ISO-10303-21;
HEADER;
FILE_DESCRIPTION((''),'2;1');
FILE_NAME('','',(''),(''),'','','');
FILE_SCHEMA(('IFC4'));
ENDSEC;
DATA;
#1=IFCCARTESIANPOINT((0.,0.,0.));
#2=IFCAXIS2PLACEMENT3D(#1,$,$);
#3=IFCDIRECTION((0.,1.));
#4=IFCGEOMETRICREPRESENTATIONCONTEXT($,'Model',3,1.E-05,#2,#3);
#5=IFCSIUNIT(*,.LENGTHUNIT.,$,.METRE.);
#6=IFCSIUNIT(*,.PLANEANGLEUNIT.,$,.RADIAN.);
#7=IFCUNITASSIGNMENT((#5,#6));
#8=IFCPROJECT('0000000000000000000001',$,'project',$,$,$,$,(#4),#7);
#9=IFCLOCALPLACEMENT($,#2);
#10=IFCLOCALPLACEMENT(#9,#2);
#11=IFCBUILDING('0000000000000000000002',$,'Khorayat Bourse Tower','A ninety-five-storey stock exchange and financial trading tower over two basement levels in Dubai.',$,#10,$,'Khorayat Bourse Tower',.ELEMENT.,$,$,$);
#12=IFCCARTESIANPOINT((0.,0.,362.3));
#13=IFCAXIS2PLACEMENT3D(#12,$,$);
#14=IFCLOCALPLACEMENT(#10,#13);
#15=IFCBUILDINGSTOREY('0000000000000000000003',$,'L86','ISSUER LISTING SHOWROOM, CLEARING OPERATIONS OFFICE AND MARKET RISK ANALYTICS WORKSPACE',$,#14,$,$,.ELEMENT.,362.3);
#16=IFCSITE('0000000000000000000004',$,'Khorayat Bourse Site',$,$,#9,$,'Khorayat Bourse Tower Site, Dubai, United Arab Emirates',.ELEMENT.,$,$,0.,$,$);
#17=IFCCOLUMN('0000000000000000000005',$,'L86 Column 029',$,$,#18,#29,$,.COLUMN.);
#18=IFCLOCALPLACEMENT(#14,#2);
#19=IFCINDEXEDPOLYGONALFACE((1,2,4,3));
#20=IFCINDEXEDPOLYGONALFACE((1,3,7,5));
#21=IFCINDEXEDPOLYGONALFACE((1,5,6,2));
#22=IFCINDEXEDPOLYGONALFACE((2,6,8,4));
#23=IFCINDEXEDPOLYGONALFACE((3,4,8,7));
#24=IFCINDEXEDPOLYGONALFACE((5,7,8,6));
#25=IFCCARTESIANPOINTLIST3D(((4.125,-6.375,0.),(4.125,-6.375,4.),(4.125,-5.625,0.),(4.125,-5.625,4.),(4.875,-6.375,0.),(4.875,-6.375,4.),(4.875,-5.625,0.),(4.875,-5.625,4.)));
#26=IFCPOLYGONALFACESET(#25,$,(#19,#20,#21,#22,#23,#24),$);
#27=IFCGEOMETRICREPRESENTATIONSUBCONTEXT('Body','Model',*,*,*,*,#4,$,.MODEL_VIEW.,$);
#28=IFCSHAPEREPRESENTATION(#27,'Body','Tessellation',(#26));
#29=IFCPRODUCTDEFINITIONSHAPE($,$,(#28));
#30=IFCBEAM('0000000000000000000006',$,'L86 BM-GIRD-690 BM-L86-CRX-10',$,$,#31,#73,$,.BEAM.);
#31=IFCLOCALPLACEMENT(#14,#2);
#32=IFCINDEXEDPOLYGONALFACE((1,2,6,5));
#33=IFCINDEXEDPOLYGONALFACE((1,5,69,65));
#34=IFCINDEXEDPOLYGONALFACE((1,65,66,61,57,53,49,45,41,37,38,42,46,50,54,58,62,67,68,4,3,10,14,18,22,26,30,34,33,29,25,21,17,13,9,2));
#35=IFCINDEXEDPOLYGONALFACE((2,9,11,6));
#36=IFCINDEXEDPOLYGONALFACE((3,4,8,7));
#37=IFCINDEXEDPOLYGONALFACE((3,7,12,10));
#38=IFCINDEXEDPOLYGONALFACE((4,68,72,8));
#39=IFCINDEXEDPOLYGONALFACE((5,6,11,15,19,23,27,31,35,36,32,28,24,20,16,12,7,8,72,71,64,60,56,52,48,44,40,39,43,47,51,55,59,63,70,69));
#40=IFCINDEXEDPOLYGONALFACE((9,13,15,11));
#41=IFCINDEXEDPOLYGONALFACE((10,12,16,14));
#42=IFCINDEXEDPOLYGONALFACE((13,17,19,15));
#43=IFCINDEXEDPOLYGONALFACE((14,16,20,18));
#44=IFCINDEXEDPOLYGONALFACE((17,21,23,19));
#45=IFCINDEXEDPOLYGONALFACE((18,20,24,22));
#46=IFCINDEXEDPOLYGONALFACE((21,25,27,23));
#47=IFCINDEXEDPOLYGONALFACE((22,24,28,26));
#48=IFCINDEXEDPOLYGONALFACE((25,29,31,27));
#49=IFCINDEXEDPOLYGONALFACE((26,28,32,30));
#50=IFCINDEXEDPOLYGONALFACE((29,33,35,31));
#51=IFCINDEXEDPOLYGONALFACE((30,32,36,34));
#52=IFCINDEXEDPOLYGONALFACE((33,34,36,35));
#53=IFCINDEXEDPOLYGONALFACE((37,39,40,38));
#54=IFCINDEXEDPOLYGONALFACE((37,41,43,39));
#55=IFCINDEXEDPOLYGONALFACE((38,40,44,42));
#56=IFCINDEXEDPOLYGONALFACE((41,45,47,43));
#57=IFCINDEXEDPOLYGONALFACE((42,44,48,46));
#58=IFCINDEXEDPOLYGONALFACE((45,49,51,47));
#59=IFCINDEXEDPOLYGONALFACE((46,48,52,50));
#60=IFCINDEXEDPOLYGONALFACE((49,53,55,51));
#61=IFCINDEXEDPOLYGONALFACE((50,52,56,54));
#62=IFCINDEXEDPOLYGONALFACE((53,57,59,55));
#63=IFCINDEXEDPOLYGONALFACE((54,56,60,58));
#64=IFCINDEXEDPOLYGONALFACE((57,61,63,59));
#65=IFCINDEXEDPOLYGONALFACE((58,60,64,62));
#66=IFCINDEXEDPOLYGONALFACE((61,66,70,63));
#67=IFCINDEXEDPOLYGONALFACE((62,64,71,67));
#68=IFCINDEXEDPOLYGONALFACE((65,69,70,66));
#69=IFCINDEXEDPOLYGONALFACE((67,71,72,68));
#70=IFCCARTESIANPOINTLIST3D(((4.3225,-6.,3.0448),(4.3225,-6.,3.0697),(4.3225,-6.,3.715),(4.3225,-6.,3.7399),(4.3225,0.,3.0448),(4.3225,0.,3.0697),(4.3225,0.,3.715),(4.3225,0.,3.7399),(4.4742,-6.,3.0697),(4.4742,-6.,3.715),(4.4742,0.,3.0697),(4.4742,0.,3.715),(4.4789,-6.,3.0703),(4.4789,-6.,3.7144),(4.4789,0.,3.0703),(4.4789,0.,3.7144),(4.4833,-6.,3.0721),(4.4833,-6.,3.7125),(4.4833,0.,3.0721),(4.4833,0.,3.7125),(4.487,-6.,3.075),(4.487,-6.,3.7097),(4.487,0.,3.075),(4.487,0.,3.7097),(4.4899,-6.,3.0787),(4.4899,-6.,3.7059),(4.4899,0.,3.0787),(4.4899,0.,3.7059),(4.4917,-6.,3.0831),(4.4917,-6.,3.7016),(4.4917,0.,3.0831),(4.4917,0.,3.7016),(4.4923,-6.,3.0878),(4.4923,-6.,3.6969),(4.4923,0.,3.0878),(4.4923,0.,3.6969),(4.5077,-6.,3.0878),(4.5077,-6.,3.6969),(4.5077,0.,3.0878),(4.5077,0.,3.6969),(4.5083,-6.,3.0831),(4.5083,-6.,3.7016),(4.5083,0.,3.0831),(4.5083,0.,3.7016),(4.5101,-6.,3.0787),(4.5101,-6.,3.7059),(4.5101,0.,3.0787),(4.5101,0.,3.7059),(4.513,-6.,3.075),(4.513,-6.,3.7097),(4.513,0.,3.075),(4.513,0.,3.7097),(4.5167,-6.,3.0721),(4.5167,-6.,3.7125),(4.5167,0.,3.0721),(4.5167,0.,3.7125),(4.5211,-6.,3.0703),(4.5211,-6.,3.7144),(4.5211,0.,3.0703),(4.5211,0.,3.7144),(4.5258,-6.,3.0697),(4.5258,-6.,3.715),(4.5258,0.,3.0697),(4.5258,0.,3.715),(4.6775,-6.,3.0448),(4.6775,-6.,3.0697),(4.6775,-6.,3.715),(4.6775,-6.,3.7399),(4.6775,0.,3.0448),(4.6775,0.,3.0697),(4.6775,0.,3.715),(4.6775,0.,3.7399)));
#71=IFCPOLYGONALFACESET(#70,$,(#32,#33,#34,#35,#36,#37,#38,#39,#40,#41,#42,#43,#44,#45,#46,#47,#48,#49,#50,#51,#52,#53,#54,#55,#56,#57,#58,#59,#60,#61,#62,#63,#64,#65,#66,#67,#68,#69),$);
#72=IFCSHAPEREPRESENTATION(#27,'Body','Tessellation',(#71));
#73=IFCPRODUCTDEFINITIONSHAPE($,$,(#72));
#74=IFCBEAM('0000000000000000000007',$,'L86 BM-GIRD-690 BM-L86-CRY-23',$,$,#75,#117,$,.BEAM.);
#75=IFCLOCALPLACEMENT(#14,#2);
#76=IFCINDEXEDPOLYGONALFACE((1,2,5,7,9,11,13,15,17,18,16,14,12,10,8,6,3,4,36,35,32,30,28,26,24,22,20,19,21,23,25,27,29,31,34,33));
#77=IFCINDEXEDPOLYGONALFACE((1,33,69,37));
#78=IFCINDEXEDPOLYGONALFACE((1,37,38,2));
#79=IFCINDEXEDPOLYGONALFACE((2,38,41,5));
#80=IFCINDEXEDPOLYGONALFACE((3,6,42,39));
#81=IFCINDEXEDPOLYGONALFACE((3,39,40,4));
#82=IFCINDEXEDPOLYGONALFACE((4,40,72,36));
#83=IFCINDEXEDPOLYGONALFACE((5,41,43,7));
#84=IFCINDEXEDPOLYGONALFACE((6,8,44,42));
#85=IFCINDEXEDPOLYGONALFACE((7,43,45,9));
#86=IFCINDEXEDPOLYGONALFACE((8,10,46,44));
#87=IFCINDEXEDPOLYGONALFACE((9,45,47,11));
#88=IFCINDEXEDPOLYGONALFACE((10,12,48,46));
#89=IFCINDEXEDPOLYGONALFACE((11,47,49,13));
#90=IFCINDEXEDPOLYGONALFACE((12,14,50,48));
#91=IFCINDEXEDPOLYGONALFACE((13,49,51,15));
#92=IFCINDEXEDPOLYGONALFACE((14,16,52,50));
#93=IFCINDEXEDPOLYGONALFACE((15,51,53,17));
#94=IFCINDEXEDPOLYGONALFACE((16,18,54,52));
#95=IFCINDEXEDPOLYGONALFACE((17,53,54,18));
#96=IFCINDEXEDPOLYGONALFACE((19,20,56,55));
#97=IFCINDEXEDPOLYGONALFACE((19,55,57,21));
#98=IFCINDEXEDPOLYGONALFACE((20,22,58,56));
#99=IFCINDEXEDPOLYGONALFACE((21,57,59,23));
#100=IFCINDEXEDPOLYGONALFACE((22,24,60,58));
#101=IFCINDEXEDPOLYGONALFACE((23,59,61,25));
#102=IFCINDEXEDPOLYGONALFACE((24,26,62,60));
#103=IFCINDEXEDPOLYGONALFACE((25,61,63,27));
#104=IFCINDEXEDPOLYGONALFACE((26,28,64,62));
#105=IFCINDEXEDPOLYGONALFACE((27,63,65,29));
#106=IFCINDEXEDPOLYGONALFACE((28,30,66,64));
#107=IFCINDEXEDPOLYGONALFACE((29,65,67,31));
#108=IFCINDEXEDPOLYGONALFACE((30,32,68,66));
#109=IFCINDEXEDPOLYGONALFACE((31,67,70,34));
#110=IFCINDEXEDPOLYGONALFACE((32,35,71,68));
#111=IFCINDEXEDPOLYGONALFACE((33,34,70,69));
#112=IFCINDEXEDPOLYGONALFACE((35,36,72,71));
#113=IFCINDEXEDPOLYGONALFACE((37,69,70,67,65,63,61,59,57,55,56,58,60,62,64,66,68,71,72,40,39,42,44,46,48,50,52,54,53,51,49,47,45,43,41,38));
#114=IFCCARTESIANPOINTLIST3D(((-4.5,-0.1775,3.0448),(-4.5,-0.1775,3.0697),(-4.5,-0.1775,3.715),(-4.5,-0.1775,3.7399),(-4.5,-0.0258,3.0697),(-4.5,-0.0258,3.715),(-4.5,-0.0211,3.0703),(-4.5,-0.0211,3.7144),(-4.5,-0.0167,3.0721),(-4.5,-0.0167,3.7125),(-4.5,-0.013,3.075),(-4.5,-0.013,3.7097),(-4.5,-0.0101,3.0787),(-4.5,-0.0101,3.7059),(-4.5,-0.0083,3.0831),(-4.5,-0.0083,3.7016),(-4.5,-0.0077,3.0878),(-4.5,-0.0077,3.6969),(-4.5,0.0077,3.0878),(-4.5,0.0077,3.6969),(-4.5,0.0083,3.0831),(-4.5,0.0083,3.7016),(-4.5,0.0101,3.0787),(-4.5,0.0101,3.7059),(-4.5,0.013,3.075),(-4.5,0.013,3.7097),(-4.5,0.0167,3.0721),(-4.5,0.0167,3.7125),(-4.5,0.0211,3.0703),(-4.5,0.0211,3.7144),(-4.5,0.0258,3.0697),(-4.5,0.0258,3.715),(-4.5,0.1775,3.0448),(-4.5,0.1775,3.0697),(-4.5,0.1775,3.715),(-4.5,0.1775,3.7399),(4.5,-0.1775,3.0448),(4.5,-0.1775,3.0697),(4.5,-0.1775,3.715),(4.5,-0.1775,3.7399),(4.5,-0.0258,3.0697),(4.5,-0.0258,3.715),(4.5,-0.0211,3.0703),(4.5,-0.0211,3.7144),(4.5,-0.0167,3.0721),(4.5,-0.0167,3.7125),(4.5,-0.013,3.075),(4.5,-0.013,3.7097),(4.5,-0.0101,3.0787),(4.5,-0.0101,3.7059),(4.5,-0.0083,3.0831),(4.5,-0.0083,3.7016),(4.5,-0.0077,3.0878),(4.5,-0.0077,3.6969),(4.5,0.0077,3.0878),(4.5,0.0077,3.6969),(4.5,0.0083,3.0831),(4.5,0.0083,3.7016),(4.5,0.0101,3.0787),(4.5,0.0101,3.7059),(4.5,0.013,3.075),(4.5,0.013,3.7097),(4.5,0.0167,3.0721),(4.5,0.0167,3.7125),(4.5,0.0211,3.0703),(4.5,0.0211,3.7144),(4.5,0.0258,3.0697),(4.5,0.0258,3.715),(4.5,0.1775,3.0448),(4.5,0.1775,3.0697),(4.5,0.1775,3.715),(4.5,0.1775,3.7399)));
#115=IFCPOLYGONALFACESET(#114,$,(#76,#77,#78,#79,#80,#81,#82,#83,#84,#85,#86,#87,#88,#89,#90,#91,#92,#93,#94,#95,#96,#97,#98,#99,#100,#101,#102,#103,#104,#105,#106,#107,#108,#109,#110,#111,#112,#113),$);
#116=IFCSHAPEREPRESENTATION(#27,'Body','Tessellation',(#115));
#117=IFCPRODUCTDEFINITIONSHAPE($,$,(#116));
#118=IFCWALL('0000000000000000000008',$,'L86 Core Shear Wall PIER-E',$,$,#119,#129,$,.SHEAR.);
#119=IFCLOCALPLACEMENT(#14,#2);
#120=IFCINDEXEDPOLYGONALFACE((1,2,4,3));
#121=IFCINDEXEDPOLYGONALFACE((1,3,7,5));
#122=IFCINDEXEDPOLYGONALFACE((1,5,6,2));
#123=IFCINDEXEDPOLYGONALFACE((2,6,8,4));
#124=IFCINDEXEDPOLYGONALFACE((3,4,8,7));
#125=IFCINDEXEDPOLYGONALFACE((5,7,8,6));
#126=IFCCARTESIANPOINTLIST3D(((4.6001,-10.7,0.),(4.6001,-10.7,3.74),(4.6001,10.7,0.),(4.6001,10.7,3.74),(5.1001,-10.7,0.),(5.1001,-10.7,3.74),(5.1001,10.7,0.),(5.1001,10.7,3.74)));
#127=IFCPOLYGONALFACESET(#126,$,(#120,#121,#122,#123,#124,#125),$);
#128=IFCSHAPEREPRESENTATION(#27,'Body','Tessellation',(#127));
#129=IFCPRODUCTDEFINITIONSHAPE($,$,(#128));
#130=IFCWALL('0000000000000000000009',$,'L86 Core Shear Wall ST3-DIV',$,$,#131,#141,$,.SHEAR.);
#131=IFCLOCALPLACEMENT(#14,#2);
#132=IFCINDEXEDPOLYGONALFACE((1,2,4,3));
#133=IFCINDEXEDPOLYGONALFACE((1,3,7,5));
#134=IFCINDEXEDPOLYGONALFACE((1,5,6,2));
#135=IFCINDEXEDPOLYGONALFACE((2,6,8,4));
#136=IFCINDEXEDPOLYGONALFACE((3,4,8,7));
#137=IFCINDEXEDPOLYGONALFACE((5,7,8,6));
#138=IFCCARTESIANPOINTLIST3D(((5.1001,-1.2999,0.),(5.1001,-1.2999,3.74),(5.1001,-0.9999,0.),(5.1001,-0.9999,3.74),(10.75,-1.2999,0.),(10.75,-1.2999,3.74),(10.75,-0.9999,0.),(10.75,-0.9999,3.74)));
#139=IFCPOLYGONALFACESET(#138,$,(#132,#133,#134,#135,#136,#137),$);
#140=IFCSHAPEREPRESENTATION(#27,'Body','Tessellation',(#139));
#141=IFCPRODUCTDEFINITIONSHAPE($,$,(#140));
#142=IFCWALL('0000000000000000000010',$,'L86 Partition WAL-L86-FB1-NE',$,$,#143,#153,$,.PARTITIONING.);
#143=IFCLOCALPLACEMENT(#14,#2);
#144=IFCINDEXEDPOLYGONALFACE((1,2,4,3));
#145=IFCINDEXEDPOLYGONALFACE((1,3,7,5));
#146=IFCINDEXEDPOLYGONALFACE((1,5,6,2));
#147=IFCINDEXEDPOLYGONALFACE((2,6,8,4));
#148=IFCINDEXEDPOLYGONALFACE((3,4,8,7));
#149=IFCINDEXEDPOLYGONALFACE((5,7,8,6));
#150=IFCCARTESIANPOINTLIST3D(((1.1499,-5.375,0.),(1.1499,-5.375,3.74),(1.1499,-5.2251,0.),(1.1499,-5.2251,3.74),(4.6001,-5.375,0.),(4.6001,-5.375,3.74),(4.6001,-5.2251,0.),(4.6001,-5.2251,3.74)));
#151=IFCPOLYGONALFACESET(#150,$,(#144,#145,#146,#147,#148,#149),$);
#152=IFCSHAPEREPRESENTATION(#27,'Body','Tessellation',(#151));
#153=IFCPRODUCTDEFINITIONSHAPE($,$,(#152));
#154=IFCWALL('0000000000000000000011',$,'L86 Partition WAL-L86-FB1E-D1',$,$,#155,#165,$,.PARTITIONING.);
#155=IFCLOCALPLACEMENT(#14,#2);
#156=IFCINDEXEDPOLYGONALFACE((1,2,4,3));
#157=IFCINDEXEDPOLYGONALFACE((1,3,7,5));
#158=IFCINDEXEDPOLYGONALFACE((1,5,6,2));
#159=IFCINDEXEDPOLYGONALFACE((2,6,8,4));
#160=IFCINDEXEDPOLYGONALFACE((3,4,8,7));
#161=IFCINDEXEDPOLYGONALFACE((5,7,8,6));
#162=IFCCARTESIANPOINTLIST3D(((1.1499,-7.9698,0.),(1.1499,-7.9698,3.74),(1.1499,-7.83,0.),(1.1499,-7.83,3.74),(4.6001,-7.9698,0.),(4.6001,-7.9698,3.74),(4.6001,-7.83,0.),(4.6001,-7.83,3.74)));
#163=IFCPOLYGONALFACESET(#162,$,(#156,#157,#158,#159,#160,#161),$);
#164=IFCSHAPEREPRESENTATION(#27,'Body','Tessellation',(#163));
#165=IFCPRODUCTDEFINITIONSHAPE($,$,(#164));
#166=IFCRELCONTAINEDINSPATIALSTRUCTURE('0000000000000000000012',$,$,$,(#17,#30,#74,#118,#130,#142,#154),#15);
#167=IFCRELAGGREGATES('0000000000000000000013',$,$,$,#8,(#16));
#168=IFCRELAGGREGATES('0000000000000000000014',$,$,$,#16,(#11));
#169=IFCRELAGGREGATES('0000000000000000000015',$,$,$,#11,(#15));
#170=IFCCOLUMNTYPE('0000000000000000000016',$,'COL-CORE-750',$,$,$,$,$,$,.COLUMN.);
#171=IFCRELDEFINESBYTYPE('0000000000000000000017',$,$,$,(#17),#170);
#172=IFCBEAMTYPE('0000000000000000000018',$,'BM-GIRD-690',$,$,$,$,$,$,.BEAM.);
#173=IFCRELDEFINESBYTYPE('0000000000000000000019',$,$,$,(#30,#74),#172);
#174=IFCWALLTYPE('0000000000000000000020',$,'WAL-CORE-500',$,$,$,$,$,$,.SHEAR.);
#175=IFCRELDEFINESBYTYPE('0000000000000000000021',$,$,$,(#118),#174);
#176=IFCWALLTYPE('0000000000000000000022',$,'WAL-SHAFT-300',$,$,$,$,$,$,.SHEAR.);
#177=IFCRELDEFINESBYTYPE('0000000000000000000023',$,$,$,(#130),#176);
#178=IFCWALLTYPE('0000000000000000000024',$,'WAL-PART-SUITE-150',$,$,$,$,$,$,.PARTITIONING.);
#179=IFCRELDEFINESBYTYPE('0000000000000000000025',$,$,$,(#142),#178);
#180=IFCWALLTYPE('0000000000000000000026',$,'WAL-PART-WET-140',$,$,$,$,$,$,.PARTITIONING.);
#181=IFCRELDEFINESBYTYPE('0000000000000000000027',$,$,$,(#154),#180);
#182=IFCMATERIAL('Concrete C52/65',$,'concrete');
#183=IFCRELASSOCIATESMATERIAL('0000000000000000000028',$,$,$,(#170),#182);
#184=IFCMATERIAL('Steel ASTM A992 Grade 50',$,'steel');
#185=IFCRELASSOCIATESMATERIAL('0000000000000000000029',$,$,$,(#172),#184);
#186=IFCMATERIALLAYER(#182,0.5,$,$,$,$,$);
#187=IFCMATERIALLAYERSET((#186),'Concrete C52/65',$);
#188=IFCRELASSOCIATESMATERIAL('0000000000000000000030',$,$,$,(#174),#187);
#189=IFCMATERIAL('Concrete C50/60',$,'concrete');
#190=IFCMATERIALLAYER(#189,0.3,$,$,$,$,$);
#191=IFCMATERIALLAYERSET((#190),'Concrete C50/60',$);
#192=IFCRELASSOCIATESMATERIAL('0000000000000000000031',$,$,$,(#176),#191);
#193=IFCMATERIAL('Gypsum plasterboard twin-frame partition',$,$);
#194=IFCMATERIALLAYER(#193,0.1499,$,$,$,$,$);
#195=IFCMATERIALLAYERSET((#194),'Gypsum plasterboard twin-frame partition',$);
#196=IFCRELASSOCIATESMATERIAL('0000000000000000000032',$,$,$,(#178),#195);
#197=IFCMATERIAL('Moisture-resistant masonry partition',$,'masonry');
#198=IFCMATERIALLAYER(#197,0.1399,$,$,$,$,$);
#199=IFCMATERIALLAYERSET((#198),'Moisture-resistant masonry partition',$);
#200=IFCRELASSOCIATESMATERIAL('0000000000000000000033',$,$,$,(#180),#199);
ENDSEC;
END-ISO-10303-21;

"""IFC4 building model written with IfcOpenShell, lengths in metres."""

from ifc_helpers import new_model, si_unit, direction, frame, frame_2d, origin, origin_2d, place, context, subcontext, project, spatial, rectangle, i_section, extrude, source, transform, mapped, material, layer, layer_set, material_profile, profile_set, type_object, element, save


model = new_model("IFC4")

# Units and contexts
model_context = context("Model", 3, precision=1e-05, world=origin(), true_north=direction((0.0, 1.0)))
body_context = subcontext(model_context, "Body", "Model", "MODEL_VIEW")
ifc_project = project(units=[si_unit("LENGTHUNIT", "METRE"), si_unit("PLANEANGLEUNIT", "RADIAN")], contexts=[model_context])

# Site, building, storey
site_placement = place(None, origin())
site = spatial("IfcSite", under=ifc_project, at=site_placement, Name="Khorayat Bourse Site", LongName="Khorayat Bourse Tower Site, Dubai, United Arab Emirates", CompositionType="ELEMENT", RefElevation=0.0)
building_placement = place(site_placement, origin())
building = spatial("IfcBuilding", under=site, at=building_placement, Name="Khorayat Bourse Tower", Description="A ninety-five-storey stock exchange and financial trading tower over two basement levels in Dubai.", LongName="Khorayat Bourse Tower", CompositionType="ELEMENT")
storey_placement = place(building_placement, frame((0.0, 0.0, 362.3)))
storey = spatial("IfcBuildingStorey", under=building, at=storey_placement, Name="L86", Description="ISSUER LISTING SHOWROOM, CLEARING OPERATIONS OFFICE AND MARKET RISK ANALYTICS WORKSPACE", CompositionType="ELEMENT", Elevation=362.3)

# Column
ifc_material_1 = material(Name="Concrete C52/65", Category="concrete")
ifc_material_profile_1 = material_profile(ifc_material_1, rectangle(XDim=0.75, YDim=0.75, at=origin_2d()), Name="RC 750x750")
ifc_profile_set_1 = profile_set([ifc_material_profile_1], Name="Concrete C52/65")
column_type = type_object("IfcColumnType", Name="COL-CORE-750", PredefinedType="COLUMN", material=ifc_profile_set_1)
shared_shape_1 = source(origin(), body_context, "Body", "SweptSolid", [
    extrude(rectangle(XDim=0.75, YDim=0.75, at=origin_2d()), origin(), (0.0, 0.0, 1.0), 4.0),
])
column_placement = place(storey_placement, frame((4.5, -6.0, 0.0), z_axis=(0.0, 0.0, 1.0), x_axis=(1.0, 0.0, 0.0)))
element("IfcColumn", 1, at=column_placement, inside=storey, type_object=column_type, Name="L86 Column 029", PredefinedType="COLUMN", context=body_context, shape_type="MappedRepresentation", body=[
    mapped(shared_shape_1, transform((0.0, 0.0, 0.0), scale=1.0)),
])

# Beams
ifc_material_2 = material(Name="Steel ASTM A992 Grade 50", Category="steel")
ifc_material_profile_2 = material_profile(ifc_material_2, i_section(OverallWidth=0.355, OverallDepth=0.6951, WebThickness=0.0154, FlangeThickness=0.0249, FilletRadius=0.0181, at=origin_2d()), Name="W690X217")
ifc_profile_set_2 = profile_set([ifc_material_profile_2], Name="Steel ASTM A992 Grade 50")
beam_type = type_object("IfcBeamType", Name="BM-GIRD-690", PredefinedType="BEAM", material=ifc_profile_set_2)
shared_shape_2 = source(origin(), body_context, "Body", "SweptSolid", [
    extrude(i_section(OverallWidth=0.355, OverallDepth=0.6951, WebThickness=0.0154, FlangeThickness=0.0249, FilletRadius=0.0181, at=origin_2d()), origin(), (0.0, 0.0, 1.0), 6.0),
])
beam_1_placement = place(storey_placement, frame((4.5, -6.0, 3.3923), z_axis=(0.0, 1.0, 0.0), x_axis=(-1.0, 0.0, 0.0)))
element("IfcBeam", 2, at=beam_1_placement, inside=storey, type_object=beam_type, Name="L86 BM-GIRD-690 BM-L86-CRX-10", PredefinedType="BEAM", context=body_context, shape_type="MappedRepresentation", body=[
    mapped(shared_shape_2, transform((0.0, 0.0, 0.0), scale=1.0)),
])
shared_shape_3 = source(origin(), body_context, "Body", "SweptSolid", [
    extrude(i_section(OverallWidth=0.355, OverallDepth=0.6951, WebThickness=0.0154, FlangeThickness=0.0249, FilletRadius=0.0181, at=origin_2d()), origin(), (0.0, 0.0, 1.0), 9.0),
])
beam_2_placement = place(storey_placement, frame((-4.5, 0.0, 3.3923), z_axis=(1.0, 0.0, 0.0), x_axis=(0.0, 1.0, 0.0)))
element("IfcBeam", 3, at=beam_2_placement, inside=storey, type_object=beam_type, Name="L86 BM-GIRD-690 BM-L86-CRY-23", PredefinedType="BEAM", context=body_context, shape_type="MappedRepresentation", body=[
    mapped(shared_shape_3, transform((0.0, 0.0, 0.0), scale=1.0)),
])

# Walls
ifc_layer_1 = layer(ifc_material_1, 0.5)
ifc_layer_set_1 = layer_set([ifc_layer_1], Name="Concrete C52/65")
wall_type_1 = type_object("IfcWallType", Name="WAL-CORE-500", PredefinedType="SHEAR", material=ifc_layer_set_1)
shared_shape_4 = source(origin(), body_context, "Body", "SweptSolid", [
    extrude(rectangle(XDim=21.3999, YDim=0.5, at=frame_2d((10.7, 0.0))), origin(), (0.0, 0.0, 1.0), 3.74),
])
wall_1_placement = place(storey_placement, frame((4.8501, -10.7, 0.0), z_axis=(0.0, 0.0, 1.0), x_axis=(0.0, 1.0, 0.0)))
element("IfcWall", 4, at=wall_1_placement, inside=storey, type_object=wall_type_1, Name="L86 Core Shear Wall PIER-E", PredefinedType="SHEAR", context=body_context, shape_type="MappedRepresentation", body=[
    mapped(shared_shape_4, transform((0.0, 0.0, 0.0), scale=1.0)),
])
ifc_material_3 = material(Name="Concrete C50/60", Category="concrete")
ifc_layer_2 = layer(ifc_material_3, 0.3)
ifc_layer_set_2 = layer_set([ifc_layer_2], Name="Concrete C50/60")
wall_type_2 = type_object("IfcWallType", Name="WAL-SHAFT-300", PredefinedType="SHEAR", material=ifc_layer_set_2)
shared_shape_5 = source(origin(), body_context, "Body", "SweptSolid", [
    extrude(rectangle(XDim=5.6499, YDim=0.3, at=frame_2d((2.825, 0.0))), origin(), (0.0, 0.0, 1.0), 3.74),
])
wall_2_placement = place(storey_placement, frame((5.1001, -1.1499, 0.0), z_axis=(0.0, 0.0, 1.0), x_axis=(1.0, 0.0, 0.0)))
element("IfcWall", 5, at=wall_2_placement, inside=storey, type_object=wall_type_2, Name="L86 Core Shear Wall ST3-DIV", PredefinedType="SHEAR", context=body_context, shape_type="MappedRepresentation", body=[
    mapped(shared_shape_5, transform((0.0, 0.0, 0.0), scale=1.0)),
])
ifc_material_4 = material(Name="Gypsum plasterboard twin-frame partition")
ifc_layer_3 = layer(ifc_material_4, 0.1499)
ifc_layer_set_3 = layer_set([ifc_layer_3], Name="Gypsum plasterboard twin-frame partition")
wall_type_3 = type_object("IfcWallType", Name="WAL-PART-SUITE-150", PredefinedType="PARTITIONING", material=ifc_layer_set_3)
shared_shape_6 = source(origin(), body_context, "Body", "SweptSolid", [
    extrude(rectangle(XDim=3.4502, YDim=0.1499, at=frame_2d((1.7251, 0.0))), origin(), (0.0, 0.0, 1.0), 3.74),
])
wall_3_placement = place(storey_placement, frame((1.1499, -5.3, 0.0), z_axis=(0.0, 0.0, 1.0), x_axis=(1.0, 0.0, 0.0)))
element("IfcWall", 6, at=wall_3_placement, inside=storey, type_object=wall_type_3, Name="L86 Partition WAL-L86-FB1-NE", PredefinedType="PARTITIONING", context=body_context, shape_type="MappedRepresentation", body=[
    mapped(shared_shape_6, transform((0.0, 0.0, 0.0), scale=1.0)),
])
ifc_material_5 = material(Name="Moisture-resistant masonry partition", Category="masonry")
ifc_layer_4 = layer(ifc_material_5, 0.1399)
ifc_layer_set_4 = layer_set([ifc_layer_4], Name="Moisture-resistant masonry partition")
wall_type_4 = type_object("IfcWallType", Name="WAL-PART-WET-140", PredefinedType="PARTITIONING", material=ifc_layer_set_4)
shared_shape_7 = source(origin(), body_context, "Body", "SweptSolid", [
    extrude(rectangle(XDim=3.4502, YDim=0.1399, at=frame_2d((1.7251, 0.0))), origin(), (0.0, 0.0, 1.0), 3.74),
])
wall_4_placement = place(storey_placement, frame((1.1499, -7.8999, 0.0), z_axis=(0.0, 0.0, 1.0), x_axis=(1.0, 0.0, 0.0)))
element("IfcWall", 7, at=wall_4_placement, inside=storey, type_object=wall_type_4, Name="L86 Partition WAL-L86-FB1E-D1", PredefinedType="PARTITIONING", context=body_context, shape_type="MappedRepresentation", body=[
    mapped(shared_shape_7, transform((0.0, 0.0, 0.0), scale=1.0)),
])

save(model, "model.ifc")
